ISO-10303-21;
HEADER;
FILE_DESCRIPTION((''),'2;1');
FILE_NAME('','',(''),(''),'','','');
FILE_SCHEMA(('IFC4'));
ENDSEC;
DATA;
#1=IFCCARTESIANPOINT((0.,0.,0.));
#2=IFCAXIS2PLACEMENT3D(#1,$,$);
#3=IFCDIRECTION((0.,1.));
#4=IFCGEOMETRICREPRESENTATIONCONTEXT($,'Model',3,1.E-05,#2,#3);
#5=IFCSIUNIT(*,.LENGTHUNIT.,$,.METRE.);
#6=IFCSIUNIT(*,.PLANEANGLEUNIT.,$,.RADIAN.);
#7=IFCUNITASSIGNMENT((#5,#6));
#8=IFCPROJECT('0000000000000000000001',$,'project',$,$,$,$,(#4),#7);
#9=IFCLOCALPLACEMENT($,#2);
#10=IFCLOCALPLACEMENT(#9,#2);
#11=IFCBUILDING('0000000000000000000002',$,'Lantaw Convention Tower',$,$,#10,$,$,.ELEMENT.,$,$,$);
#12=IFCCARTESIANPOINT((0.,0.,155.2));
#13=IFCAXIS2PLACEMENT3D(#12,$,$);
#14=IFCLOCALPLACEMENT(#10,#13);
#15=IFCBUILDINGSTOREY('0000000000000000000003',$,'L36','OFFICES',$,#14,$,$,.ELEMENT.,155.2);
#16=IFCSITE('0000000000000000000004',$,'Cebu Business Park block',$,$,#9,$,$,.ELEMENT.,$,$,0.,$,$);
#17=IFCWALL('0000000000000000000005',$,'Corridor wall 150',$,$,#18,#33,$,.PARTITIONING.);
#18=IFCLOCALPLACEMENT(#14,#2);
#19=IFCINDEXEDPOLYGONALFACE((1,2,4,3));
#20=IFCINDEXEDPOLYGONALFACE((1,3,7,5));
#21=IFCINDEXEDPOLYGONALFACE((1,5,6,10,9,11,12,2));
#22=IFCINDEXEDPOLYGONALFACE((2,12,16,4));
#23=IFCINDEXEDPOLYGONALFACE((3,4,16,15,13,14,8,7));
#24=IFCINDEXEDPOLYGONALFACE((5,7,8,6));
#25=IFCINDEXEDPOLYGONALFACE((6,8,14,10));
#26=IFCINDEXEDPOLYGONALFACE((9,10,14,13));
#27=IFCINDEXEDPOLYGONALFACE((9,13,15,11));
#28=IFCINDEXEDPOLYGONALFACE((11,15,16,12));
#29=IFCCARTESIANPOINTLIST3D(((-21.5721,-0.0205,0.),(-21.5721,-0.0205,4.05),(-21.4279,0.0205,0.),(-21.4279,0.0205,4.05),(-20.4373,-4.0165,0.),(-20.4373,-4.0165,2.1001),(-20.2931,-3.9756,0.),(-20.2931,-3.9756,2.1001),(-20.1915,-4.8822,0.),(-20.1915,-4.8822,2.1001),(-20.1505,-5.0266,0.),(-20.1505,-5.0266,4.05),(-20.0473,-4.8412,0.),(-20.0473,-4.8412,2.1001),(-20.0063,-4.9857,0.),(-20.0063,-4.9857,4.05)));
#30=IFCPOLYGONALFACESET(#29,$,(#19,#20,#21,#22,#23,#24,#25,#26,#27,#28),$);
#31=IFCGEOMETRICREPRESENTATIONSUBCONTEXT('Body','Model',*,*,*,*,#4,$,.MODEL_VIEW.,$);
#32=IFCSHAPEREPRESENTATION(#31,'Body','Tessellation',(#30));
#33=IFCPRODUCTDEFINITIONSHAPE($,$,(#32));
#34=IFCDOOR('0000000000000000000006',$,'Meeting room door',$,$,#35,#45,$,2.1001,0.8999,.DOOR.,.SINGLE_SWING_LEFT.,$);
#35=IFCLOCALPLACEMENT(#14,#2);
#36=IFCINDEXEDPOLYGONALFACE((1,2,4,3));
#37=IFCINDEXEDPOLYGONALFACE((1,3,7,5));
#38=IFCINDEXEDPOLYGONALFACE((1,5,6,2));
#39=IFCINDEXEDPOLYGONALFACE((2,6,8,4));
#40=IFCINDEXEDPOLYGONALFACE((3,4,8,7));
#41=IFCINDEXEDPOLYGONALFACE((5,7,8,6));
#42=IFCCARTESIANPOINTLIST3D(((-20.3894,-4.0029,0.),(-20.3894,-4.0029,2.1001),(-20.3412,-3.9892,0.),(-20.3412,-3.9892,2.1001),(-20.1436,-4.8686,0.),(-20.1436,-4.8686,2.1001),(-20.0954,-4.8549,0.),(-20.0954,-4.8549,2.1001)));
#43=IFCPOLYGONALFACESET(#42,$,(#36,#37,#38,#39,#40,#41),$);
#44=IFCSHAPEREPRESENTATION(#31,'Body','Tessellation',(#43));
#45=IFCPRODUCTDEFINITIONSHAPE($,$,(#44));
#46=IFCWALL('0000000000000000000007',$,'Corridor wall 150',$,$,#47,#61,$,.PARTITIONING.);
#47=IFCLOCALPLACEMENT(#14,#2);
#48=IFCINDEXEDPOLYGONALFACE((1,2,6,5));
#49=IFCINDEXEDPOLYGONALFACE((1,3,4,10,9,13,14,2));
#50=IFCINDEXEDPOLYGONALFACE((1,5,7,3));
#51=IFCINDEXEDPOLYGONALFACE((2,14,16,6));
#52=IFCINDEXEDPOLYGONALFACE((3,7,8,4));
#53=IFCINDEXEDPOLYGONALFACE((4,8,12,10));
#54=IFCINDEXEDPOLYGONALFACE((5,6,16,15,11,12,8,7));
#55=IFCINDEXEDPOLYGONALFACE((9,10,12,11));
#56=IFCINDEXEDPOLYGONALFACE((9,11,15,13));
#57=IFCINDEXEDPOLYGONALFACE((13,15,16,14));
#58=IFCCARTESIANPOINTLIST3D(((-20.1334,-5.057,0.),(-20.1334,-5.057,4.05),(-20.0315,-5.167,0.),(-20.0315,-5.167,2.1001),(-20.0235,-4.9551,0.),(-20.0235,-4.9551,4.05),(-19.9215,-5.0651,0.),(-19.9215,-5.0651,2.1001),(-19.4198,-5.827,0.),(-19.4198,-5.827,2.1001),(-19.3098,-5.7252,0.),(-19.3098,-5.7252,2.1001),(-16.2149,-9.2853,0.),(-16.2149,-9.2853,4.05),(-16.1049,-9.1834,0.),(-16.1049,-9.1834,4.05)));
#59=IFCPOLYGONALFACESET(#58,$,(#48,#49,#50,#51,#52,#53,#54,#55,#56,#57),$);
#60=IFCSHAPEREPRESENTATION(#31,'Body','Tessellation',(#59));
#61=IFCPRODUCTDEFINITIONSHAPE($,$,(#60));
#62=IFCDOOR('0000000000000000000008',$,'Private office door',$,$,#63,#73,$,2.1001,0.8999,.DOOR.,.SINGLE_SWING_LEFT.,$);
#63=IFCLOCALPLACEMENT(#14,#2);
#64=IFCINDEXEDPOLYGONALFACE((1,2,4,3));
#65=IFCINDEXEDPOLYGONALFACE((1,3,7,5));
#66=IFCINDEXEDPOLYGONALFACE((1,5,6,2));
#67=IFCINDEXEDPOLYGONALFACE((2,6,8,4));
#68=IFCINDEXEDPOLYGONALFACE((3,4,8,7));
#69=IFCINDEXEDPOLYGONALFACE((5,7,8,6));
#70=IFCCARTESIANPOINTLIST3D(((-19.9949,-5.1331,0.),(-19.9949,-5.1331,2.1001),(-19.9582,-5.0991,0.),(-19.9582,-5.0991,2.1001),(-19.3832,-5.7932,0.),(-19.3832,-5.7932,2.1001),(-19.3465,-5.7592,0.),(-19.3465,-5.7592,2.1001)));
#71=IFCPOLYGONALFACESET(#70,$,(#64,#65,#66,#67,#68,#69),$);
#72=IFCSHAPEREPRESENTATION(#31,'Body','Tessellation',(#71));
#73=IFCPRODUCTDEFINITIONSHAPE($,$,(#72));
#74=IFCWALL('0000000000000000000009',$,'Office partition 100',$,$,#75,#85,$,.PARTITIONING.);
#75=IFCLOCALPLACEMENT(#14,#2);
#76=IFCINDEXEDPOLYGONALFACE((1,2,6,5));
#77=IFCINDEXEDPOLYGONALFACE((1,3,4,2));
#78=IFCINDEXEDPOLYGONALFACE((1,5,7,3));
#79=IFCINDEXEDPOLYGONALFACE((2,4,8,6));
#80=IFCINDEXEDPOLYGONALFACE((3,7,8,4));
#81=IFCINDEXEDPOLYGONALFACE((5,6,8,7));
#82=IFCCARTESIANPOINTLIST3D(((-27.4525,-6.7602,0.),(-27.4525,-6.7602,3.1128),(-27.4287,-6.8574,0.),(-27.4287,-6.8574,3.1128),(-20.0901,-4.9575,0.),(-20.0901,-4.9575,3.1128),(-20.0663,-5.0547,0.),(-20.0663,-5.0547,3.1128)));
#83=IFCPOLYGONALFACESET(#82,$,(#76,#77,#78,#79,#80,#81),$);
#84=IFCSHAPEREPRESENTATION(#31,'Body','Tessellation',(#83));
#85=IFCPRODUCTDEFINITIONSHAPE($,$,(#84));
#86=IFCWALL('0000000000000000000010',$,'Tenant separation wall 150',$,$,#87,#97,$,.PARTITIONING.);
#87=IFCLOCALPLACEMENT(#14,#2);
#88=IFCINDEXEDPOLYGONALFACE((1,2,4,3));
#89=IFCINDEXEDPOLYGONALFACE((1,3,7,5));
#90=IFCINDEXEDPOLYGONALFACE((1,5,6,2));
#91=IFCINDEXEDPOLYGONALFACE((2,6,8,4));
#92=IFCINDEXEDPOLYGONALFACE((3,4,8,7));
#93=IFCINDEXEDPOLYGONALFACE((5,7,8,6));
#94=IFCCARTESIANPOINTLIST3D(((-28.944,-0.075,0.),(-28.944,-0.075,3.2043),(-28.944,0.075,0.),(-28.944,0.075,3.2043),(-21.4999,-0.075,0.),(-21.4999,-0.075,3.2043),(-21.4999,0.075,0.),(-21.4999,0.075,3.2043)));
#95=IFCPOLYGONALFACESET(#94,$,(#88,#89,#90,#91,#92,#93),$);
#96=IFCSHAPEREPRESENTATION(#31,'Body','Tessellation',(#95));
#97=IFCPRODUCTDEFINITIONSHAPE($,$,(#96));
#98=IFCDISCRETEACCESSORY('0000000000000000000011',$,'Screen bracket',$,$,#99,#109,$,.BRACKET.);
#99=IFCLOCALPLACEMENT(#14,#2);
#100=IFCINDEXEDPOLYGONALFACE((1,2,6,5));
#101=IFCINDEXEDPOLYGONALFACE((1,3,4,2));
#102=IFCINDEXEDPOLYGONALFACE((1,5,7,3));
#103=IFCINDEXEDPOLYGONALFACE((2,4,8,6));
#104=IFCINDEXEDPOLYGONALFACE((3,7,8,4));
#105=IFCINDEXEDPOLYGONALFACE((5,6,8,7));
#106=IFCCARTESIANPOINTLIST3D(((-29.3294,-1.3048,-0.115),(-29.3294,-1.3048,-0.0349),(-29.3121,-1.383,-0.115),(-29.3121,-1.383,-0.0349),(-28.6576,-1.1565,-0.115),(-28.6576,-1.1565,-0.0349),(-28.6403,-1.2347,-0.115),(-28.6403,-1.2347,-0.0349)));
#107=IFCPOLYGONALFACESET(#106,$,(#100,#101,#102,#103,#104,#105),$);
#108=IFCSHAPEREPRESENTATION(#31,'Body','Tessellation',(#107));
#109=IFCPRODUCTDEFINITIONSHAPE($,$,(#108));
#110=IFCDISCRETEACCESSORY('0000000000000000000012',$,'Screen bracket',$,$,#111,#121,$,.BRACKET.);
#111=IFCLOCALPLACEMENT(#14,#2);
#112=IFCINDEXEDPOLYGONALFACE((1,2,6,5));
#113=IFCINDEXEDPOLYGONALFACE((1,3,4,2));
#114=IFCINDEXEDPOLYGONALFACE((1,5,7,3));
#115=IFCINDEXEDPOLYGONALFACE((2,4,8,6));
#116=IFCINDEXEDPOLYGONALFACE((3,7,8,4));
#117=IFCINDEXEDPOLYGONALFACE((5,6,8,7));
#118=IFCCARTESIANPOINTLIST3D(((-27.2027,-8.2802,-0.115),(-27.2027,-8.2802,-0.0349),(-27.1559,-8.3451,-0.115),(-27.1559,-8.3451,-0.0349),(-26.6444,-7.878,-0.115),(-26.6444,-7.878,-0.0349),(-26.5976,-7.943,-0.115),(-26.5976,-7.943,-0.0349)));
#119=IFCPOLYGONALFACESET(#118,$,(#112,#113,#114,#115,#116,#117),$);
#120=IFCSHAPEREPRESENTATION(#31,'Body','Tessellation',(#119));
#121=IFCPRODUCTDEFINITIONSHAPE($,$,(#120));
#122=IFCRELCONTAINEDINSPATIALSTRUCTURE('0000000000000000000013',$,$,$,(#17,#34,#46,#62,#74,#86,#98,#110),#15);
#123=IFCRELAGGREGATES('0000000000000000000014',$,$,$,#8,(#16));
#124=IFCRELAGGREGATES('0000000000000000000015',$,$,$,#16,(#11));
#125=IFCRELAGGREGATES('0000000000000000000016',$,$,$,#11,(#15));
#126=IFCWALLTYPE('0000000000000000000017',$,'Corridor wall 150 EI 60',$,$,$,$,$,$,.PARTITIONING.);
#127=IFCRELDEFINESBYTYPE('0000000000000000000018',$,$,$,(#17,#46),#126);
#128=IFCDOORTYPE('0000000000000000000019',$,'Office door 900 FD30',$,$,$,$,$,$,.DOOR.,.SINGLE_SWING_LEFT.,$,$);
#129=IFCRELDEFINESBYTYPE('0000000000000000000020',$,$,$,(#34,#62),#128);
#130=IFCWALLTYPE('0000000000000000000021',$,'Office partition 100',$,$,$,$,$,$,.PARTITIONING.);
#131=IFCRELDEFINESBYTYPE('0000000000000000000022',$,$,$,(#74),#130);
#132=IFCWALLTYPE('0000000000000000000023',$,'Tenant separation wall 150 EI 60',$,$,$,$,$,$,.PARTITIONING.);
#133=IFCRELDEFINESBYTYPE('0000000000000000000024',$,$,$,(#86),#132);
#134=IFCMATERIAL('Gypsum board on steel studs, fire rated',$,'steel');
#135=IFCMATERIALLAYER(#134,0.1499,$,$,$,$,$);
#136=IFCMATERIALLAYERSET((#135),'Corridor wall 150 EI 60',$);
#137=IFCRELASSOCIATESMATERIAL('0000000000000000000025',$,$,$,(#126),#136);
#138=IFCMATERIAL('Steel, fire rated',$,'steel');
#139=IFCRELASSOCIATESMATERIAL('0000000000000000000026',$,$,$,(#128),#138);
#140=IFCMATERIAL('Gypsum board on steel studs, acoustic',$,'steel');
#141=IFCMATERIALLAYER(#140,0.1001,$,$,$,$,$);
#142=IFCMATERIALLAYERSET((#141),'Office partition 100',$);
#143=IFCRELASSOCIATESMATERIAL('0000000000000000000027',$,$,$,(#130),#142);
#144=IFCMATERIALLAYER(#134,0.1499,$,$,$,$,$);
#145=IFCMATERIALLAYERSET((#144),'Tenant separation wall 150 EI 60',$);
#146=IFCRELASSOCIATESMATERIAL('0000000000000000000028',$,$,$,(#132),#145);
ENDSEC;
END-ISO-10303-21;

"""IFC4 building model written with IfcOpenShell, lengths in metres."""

from ifc_helpers import new_model, si_unit, direction, frame, frame_2d, origin, origin_2d, place, context, subcontext, project, spatial, rectangle, extrude, material, layer, layer_set, type_object, element, fill, save


model = new_model("IFC4")

# Units and contexts
model_context = context("Model", 3, precision=1e-05, world=origin(), true_north=direction((0.0, 1.0)))
body_context = subcontext(model_context, "Body", "Model", "MODEL_VIEW")
ifc_project = project(units=[si_unit("LENGTHUNIT", "METRE"), si_unit("PLANEANGLEUNIT", "RADIAN")], contexts=[model_context])

# Site, building, storey
site_placement = place(None, origin())
site = spatial("IfcSite", under=ifc_project, at=site_placement, Name="Cebu Business Park block", CompositionType="ELEMENT", RefElevation=0.0)
building_placement = place(site_placement, origin())
building = spatial("IfcBuilding", under=site, at=building_placement, Name="Lantaw Convention Tower", CompositionType="ELEMENT")
storey_placement = place(building_placement, frame((0.0, 0.0, 155.2)))
storey = spatial("IfcBuildingStorey", under=building, at=storey_placement, Name="L36", Description="OFFICES", CompositionType="ELEMENT", Elevation=155.2)

# Walls, openings, doors
ifc_material_1 = material(Name="Gypsum board on steel studs, fire rated", Category="steel")
ifc_layer_1 = layer(ifc_material_1, 0.1499)
ifc_layer_set_1 = layer_set([ifc_layer_1], Name="Corridor wall 150 EI 60")
wall_type_1 = type_object("IfcWallType", Name="Corridor wall 150 EI 60", PredefinedType="PARTITIONING", material=ifc_layer_set_1)
wall_1_placement = place(storey_placement, frame((-21.5, 0.0, 0.0), z_axis=(0.0, 0.0, 1.0), x_axis=(0.273178, -0.961964, 0.0)))
wall_1 = element("IfcWall", 1, at=wall_1_placement, inside=storey, type_object=wall_type_1, Name="Corridor wall 150", PredefinedType="PARTITIONING", context=body_context, shape_type="SweptSolid", body=[
    extrude(rectangle(XDim=5.2041, YDim=0.1499, at=frame_2d((2.6021, 0.0))), origin(), (0.0, 0.0, 1.0), 4.05),
])
opening_1_placement = place(wall_1_placement, frame((4.1541, 0.0, 0.0)))
opening_1 = element("IfcOpeningElement", 2, at=opening_1_placement, cuts=wall_1, PredefinedType="OPENING", context=body_context, shape_type="SweptSolid", body=[
    extrude(rectangle(XDim=0.8999, YDim=2.1001, at=frame_2d((0.45, 1.05))), frame((0.0, 0.085, 0.0), z_axis=(0.0, -1.0, 0.0), x_axis=(1.0, 0.0, 0.0)), (0.0, 0.0, 1.0), 0.1699),
])
ifc_material_2 = material(Name="Steel, fire rated", Category="steel")
door_type = type_object("IfcDoorType", Name="Office door 900 FD30", OperationType="SINGLE_SWING_LEFT", PredefinedType="DOOR", material=ifc_material_2)
door_1_placement = place(opening_1_placement, origin())
door_1 = element("IfcDoor", 3, at=door_1_placement, inside=storey, type_object=door_type, Name="Meeting room door", OperationType="SINGLE_SWING_LEFT", OverallHeight=2.1001, OverallWidth=0.8999, PredefinedType="DOOR", context=body_context, shape_type="SweptSolid", body=[
    extrude(rectangle(XDim=0.8999, YDim=2.1001, at=frame_2d((0.45, 1.05))), frame((0.0, 0.0249, 0.0), z_axis=(0.0, -1.0, 0.0), x_axis=(1.0, 0.0, 0.0)), (0.0, 0.0, 1.0), 0.05),
])
fill(opening_1, door_1)
wall_2_placement = place(storey_placement, frame((-20.0784, -5.0061, 0.0), z_axis=(0.0, 0.0, 1.0), x_axis=(0.679725, -0.733467, 0.0)))
wall_2 = element("IfcWall", 4, at=wall_2_placement, inside=storey, type_object=wall_type_1, Name="Corridor wall 150", PredefinedType="PARTITIONING", context=body_context, shape_type="SweptSolid", body=[
    extrude(rectangle(XDim=5.7649, YDim=0.1499, at=frame_2d((2.8823, 0.0))), origin(), (0.0, 0.0, 1.0), 4.05),
])
opening_2_placement = place(wall_2_placement, frame((0.1499, 0.0, 0.0)))
opening_2 = element("IfcOpeningElement", 5, at=opening_2_placement, cuts=wall_2, PredefinedType="OPENING", context=body_context, shape_type="SweptSolid", body=[
    extrude(rectangle(XDim=0.8999, YDim=2.1001, at=frame_2d((0.45, 1.05))), frame((0.0, 0.085, 0.0), z_axis=(0.0, -1.0, 0.0), x_axis=(1.0, 0.0, 0.0)), (0.0, 0.0, 1.0), 0.1699),
])
door_2_placement = place(opening_2_placement, origin())
door_2 = element("IfcDoor", 6, at=door_2_placement, inside=storey, type_object=door_type, Name="Private office door", OperationType="SINGLE_SWING_LEFT", OverallHeight=2.1001, OverallWidth=0.8999, PredefinedType="DOOR", context=body_context, shape_type="SweptSolid", body=[
    extrude(rectangle(XDim=0.8999, YDim=2.1001, at=frame_2d((0.45, 1.05))), frame((0.0, 0.0249, 0.0), z_axis=(0.0, -1.0, 0.0), x_axis=(1.0, 0.0, 0.0)), (0.0, 0.0, 1.0), 0.05),
])
fill(opening_2, door_2)

# Walls
ifc_material_3 = material(Name="Gypsum board on steel studs, acoustic", Category="steel")
ifc_layer_2 = layer(ifc_material_3, 0.1001)
ifc_layer_set_2 = layer_set([ifc_layer_2], Name="Office partition 100")
wall_type_2 = type_object("IfcWallType", Name="Office partition 100", PredefinedType="PARTITIONING", material=ifc_layer_set_2)
wall_3_placement = place(storey_placement, frame((-27.4407, -6.8088, 0.0), z_axis=(0.0, 0.0, 1.0), x_axis=(0.971306, 0.237834, 0.0)))
element("IfcWall", 7, at=wall_3_placement, inside=storey, type_object=wall_type_2, Name="Office partition 100", PredefinedType="PARTITIONING", context=body_context, shape_type="SweptSolid", body=[
    extrude(rectangle(XDim=7.5798, YDim=0.1001, at=frame_2d((3.79, 0.0))), origin(), (0.0, 0.0, 1.0), 3.1128),
])
ifc_layer_3 = layer(ifc_material_1, 0.1499)
ifc_layer_set_3 = layer_set([ifc_layer_3], Name="Tenant separation wall 150 EI 60")
wall_type_3 = type_object("IfcWallType", Name="Tenant separation wall 150 EI 60", PredefinedType="PARTITIONING", material=ifc_layer_set_3)
wall_4_placement = place(storey_placement, frame((-28.9441, 0.0, 0.0), z_axis=(0.0, 0.0, 1.0), x_axis=(1.0, 0.0, 0.0)))
element("IfcWall", 8, at=wall_4_placement, inside=storey, type_object=wall_type_3, Name="Tenant separation wall 150", PredefinedType="PARTITIONING", context=body_context, shape_type="SweptSolid", body=[
    extrude(rectangle(XDim=7.4441, YDim=0.1499, at=frame_2d((3.7222, 0.0))), origin(), (0.0, 0.0, 1.0), 3.2043),
])

# Discrete accessories
for number, where, z_axis, x_axis, name in (
    (9, (-28.9849, -1.2698, -0.115), (0.0, 0.0, 1.0), (0.215546, -0.976494, 0.0), "Screen bracket"),
    (10, (-26.9001, -8.1116, -0.115), (0.0, 0.0, 1.0), (0.584513, -0.811385, 0.0), "Screen bracket"),
):
    element("IfcDiscreteAccessory", number, at=place(storey_placement, frame(where, z_axis=z_axis, x_axis=x_axis)), inside=storey, Name=name, PredefinedType="BRACKET", context=body_context, shape_type="SweptSolid", body=[
        extrude(rectangle(XDim=0.0801, YDim=0.688, at=origin_2d()), origin(), (0.0, 0.0, 1.0), 0.0801),
    ])

save(model, "model.ifc")
